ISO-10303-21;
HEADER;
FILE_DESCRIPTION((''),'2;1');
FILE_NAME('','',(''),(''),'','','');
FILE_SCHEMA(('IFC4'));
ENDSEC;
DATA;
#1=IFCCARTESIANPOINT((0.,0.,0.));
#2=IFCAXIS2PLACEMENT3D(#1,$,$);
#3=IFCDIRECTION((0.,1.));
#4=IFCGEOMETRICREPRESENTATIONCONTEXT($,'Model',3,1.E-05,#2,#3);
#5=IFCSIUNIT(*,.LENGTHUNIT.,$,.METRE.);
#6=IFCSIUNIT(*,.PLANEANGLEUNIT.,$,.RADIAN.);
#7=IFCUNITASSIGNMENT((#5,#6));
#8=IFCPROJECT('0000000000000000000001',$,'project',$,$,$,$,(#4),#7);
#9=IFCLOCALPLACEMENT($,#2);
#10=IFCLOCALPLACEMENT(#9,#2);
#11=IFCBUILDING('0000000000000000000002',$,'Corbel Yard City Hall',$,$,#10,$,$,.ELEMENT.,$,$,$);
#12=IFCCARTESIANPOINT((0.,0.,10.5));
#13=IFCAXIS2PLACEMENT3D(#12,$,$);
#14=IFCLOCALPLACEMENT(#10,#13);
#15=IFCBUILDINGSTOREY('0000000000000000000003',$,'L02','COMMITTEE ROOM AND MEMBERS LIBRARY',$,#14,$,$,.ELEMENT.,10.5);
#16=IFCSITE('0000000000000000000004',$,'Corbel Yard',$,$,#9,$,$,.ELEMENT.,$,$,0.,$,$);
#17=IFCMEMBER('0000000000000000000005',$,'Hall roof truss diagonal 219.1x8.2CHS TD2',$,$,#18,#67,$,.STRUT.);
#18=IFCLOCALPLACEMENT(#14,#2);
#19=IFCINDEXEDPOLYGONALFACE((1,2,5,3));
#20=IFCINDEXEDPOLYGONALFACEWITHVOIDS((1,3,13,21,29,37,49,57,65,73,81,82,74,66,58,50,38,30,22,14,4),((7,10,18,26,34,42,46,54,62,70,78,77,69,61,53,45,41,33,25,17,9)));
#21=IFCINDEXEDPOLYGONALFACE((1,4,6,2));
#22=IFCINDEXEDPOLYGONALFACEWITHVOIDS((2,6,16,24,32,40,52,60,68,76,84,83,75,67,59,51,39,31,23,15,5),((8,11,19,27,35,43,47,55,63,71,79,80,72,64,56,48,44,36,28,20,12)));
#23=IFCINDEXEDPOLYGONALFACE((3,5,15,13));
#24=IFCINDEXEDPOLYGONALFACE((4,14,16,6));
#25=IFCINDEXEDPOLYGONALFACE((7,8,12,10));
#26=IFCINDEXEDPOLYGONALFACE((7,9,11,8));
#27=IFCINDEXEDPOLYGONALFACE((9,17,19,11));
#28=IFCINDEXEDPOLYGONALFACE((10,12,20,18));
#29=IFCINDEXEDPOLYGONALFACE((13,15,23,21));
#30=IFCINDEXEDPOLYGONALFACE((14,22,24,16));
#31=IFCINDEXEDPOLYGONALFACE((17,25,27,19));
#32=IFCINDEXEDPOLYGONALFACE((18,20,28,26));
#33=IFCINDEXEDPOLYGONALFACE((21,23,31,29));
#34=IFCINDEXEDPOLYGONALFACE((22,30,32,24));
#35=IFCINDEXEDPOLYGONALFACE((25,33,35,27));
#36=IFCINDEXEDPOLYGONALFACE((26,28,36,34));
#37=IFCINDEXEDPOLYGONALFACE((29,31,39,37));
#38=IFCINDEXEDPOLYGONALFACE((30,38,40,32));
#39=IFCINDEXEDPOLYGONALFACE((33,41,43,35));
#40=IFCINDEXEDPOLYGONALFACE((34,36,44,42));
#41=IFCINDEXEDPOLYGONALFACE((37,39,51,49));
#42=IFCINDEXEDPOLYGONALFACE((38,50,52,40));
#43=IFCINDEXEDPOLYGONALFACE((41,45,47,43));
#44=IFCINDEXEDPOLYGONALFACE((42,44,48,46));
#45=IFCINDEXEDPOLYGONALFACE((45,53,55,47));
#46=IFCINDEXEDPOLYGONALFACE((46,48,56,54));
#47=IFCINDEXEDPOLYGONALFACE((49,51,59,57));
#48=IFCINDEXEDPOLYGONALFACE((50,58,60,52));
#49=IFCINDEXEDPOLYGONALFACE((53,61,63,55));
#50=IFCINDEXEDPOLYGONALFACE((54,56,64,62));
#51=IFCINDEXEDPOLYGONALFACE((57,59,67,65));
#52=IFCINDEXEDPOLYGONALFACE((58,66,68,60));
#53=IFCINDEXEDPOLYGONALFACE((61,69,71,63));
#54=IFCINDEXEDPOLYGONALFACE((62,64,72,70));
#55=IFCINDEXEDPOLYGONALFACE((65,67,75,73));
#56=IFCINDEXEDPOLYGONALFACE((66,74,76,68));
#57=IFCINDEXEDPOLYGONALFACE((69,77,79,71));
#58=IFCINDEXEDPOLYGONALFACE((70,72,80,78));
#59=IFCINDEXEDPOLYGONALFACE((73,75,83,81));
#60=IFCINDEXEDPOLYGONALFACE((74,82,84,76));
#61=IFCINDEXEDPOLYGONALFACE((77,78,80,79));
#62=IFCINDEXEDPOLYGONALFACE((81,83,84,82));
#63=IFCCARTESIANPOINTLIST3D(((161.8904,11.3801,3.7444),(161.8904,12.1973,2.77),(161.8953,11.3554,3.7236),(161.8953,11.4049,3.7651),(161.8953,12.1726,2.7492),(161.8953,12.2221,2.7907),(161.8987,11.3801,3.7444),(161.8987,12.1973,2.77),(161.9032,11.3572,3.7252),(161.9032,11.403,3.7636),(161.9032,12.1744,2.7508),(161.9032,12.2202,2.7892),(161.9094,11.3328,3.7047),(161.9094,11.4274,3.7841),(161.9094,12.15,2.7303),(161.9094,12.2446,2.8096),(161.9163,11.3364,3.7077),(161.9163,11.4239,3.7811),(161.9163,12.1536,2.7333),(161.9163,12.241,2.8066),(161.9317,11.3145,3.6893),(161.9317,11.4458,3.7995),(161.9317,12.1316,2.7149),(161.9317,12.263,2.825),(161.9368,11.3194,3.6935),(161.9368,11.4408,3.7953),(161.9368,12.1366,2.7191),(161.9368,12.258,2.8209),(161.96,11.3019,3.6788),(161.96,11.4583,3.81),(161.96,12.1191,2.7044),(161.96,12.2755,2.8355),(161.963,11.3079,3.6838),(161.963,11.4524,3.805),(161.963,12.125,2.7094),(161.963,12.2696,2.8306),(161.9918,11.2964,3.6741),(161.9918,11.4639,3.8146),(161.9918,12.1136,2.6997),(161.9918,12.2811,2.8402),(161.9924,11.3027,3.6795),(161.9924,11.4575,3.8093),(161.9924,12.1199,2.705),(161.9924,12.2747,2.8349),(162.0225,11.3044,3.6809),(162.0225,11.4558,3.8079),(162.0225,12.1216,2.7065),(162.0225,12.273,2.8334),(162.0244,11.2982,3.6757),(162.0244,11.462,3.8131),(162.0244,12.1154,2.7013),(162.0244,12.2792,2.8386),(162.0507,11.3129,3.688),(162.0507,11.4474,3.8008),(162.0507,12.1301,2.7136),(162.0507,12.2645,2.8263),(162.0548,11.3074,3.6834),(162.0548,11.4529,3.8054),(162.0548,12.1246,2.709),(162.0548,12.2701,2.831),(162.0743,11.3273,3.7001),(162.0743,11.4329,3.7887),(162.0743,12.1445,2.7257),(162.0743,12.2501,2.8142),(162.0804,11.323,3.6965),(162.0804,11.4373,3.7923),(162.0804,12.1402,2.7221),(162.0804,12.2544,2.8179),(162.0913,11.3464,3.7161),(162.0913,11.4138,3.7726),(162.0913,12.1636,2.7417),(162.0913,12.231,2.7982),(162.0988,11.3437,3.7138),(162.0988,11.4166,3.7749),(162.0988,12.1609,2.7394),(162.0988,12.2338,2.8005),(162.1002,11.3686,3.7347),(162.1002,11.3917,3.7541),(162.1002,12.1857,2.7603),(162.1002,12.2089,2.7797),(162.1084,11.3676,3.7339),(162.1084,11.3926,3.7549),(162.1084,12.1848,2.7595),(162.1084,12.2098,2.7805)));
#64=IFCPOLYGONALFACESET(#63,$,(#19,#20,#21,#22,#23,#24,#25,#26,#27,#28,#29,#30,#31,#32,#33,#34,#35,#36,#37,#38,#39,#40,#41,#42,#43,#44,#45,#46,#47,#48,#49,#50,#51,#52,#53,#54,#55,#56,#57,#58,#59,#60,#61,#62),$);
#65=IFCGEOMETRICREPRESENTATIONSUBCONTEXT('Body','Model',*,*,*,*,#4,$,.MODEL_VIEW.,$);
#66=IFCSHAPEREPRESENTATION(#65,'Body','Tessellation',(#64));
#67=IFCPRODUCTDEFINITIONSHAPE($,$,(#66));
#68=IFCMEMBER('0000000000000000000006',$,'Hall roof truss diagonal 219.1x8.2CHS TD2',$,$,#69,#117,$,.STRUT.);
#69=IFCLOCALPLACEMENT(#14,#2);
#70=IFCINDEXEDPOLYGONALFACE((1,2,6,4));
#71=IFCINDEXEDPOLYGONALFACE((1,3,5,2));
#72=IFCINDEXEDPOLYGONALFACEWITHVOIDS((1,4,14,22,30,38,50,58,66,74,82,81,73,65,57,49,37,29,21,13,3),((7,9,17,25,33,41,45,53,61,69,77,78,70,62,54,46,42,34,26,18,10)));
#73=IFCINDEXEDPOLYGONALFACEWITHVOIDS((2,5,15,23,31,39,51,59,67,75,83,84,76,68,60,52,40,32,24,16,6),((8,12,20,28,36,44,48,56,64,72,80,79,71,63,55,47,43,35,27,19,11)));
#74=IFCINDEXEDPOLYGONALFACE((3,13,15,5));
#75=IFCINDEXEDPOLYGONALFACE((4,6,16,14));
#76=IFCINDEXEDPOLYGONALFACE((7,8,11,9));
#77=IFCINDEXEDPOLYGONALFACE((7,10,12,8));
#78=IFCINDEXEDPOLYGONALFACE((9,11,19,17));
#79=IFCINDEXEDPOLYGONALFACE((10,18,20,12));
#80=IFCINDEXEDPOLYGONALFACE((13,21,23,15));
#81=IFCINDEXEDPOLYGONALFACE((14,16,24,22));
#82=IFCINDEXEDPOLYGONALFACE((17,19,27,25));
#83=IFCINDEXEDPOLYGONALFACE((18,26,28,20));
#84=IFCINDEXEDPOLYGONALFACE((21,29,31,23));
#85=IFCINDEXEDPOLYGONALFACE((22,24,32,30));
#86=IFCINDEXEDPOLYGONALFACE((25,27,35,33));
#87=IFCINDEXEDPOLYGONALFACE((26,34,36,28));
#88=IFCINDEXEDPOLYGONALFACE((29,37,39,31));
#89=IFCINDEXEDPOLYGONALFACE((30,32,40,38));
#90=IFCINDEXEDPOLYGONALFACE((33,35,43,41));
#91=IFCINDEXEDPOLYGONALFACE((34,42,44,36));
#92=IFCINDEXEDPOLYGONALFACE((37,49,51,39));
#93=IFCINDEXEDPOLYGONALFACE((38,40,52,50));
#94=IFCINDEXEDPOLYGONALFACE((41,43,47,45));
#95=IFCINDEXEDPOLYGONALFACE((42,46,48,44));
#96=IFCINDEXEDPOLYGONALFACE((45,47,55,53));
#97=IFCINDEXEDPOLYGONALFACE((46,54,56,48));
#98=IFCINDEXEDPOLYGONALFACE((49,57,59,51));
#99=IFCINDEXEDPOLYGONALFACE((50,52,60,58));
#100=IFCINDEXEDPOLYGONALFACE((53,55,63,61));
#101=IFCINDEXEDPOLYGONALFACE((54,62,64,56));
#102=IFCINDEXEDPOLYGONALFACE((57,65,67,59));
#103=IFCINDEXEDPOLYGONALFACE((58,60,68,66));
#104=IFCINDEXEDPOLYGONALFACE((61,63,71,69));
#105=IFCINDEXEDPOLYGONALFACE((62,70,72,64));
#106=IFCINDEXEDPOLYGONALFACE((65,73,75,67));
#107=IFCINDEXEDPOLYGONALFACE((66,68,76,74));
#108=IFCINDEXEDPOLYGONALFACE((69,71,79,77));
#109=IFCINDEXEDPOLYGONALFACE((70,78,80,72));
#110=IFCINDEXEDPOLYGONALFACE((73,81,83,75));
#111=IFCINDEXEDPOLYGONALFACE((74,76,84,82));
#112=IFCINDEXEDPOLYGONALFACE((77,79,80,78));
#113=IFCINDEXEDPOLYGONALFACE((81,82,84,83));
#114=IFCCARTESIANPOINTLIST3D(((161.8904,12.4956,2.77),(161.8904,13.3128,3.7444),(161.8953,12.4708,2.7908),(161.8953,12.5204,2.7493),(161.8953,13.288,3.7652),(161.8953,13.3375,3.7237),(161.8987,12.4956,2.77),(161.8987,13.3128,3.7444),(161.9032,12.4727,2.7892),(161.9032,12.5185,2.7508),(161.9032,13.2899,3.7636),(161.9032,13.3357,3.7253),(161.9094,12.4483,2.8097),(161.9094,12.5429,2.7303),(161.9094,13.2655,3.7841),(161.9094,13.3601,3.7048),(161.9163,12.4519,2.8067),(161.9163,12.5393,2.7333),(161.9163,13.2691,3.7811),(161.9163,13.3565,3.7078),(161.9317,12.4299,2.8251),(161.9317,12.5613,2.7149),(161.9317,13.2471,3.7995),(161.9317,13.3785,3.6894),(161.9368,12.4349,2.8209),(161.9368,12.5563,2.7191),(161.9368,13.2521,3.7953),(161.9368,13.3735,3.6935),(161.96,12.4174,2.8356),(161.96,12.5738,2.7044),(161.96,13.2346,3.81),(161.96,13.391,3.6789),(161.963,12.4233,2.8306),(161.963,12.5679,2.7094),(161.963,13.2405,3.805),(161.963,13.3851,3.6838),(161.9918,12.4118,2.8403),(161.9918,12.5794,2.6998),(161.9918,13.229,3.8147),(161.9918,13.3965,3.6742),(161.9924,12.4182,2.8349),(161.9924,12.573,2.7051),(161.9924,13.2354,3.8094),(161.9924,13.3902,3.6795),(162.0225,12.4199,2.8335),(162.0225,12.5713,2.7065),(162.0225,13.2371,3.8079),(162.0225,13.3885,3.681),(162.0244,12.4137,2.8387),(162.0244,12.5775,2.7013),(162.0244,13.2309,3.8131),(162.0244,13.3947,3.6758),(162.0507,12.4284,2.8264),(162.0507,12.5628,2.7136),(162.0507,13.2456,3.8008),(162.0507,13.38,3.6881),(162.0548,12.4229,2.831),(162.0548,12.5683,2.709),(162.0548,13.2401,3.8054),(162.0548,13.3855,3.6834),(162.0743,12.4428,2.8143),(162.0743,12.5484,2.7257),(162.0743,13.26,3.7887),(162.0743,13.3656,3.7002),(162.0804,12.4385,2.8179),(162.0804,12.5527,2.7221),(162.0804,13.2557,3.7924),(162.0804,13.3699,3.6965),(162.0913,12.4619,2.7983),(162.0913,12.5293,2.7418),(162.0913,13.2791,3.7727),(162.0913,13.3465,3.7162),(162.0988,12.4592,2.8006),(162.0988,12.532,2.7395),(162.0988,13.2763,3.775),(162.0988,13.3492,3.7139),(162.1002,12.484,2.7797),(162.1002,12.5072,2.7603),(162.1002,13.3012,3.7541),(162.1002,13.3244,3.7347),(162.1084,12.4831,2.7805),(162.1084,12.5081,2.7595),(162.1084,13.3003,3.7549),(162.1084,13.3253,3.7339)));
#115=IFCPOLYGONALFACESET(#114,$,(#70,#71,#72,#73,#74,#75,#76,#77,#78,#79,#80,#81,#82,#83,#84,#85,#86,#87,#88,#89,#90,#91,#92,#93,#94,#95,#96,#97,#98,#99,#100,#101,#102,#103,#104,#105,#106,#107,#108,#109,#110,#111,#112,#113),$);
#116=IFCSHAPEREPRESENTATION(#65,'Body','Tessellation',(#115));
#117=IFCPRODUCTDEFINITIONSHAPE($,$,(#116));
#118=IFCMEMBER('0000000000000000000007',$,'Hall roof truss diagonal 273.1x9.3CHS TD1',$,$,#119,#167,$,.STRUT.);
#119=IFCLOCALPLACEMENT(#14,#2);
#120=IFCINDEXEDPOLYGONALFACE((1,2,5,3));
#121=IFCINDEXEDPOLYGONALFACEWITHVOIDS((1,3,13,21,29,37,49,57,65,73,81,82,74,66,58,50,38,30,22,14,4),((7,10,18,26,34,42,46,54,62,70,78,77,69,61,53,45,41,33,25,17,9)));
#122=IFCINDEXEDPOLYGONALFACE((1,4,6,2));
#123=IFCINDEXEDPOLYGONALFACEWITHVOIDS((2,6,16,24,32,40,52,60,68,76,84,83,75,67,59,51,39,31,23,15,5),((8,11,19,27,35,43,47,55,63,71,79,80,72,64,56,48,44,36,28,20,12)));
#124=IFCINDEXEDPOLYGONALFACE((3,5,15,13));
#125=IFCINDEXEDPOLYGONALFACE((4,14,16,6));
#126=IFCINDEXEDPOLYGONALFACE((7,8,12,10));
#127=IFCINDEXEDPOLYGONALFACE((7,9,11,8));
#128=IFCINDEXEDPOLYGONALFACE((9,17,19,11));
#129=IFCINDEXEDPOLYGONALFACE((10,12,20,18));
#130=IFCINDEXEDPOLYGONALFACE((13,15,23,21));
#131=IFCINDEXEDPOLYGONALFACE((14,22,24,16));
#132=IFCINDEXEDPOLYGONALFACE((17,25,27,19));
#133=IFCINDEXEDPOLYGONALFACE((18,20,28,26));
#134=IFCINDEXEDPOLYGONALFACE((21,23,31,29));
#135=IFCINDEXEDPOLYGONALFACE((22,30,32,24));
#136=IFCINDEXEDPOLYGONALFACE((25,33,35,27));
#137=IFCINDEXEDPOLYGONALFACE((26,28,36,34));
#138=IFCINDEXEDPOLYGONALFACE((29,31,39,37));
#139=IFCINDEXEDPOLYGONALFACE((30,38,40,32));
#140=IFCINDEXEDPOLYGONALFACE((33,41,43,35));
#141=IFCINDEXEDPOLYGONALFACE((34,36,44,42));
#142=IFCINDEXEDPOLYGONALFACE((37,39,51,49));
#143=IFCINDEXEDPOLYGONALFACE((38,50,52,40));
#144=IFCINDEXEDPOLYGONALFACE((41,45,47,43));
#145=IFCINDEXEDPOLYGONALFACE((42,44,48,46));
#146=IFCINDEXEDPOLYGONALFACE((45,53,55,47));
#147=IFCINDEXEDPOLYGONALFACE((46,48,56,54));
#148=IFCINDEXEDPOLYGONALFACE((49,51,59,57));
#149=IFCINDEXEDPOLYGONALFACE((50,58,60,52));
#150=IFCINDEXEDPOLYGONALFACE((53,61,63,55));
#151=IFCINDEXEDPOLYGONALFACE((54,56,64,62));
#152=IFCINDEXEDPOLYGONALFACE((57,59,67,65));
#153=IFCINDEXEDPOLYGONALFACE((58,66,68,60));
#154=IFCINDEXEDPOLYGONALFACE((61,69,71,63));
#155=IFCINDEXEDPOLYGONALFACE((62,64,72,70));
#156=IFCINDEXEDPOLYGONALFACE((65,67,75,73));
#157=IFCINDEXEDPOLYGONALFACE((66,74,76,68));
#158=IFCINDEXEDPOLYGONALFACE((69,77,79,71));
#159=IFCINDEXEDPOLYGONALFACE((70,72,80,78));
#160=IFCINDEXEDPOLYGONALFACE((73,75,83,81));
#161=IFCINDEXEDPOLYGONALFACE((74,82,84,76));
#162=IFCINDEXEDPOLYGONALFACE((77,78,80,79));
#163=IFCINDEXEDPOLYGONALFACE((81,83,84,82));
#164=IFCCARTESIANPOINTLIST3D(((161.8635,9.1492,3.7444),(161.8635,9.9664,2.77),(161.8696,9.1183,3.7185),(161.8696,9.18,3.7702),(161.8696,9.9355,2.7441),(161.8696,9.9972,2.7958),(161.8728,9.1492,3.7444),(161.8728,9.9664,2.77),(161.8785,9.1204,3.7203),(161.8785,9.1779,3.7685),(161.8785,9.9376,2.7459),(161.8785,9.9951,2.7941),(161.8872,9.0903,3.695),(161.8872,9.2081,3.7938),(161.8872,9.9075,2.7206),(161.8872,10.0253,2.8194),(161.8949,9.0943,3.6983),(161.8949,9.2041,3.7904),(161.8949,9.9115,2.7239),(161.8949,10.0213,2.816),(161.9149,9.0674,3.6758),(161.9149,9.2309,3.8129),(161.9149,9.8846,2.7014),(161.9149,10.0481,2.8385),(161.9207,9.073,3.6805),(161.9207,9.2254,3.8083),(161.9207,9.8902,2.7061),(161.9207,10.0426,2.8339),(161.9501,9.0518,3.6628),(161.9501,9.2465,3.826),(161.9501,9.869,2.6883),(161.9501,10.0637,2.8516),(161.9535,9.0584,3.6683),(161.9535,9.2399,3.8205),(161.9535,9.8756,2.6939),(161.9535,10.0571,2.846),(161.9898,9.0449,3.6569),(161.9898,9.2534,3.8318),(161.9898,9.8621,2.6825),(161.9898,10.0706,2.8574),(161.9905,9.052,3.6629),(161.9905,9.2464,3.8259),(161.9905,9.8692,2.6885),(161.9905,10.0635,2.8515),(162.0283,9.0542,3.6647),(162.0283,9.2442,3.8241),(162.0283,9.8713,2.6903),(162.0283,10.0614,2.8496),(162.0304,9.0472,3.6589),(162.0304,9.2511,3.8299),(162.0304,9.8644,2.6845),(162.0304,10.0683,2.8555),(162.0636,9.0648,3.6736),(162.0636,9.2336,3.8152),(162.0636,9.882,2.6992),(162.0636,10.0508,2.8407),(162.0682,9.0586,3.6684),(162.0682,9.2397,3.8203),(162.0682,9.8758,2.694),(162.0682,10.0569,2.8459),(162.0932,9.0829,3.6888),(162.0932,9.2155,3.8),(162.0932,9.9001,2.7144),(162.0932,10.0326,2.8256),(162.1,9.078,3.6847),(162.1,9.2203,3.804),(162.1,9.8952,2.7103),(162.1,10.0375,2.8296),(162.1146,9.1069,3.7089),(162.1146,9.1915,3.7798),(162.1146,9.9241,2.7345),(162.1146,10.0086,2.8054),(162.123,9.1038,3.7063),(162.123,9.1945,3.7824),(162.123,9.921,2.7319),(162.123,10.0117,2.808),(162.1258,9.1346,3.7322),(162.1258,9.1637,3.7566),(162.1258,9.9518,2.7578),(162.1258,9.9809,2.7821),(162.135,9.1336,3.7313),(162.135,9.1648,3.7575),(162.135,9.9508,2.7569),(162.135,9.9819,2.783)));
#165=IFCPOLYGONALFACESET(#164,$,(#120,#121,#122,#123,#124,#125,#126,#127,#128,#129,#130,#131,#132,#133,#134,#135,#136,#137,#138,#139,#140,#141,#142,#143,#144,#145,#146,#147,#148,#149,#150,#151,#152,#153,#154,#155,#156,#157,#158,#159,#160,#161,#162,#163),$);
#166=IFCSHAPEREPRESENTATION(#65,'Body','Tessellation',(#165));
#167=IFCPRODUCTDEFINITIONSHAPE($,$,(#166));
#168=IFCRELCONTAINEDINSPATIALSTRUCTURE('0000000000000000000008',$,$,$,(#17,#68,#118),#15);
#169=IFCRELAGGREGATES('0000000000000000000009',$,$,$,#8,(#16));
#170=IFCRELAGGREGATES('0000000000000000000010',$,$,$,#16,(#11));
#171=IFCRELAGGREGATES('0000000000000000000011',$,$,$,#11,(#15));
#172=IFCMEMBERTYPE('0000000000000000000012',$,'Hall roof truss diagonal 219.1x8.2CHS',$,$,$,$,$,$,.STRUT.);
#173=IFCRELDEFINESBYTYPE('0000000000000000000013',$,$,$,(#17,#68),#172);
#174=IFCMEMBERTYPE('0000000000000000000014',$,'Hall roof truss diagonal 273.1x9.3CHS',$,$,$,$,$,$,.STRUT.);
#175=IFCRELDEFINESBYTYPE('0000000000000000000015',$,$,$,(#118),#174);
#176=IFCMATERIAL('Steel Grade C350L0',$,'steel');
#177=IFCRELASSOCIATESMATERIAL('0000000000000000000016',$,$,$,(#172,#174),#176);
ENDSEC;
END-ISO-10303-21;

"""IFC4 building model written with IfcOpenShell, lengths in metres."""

from ifc_helpers import new_model, si_unit, direction, frame, origin, origin_2d, place, context, subcontext, project, spatial, hollow_circle, extrude, material, material_profile, profile_set, type_object, element, save


model = new_model("IFC4")

# Units and contexts
model_context = context("Model", 3, precision=1e-05, world=origin(), true_north=direction((0.0, 1.0)))
body_context = subcontext(model_context, "Body", "Model", "MODEL_VIEW")
ifc_project = project(units=[si_unit("LENGTHUNIT", "METRE"), si_unit("PLANEANGLEUNIT", "RADIAN")], contexts=[model_context])

# Site, building, storey
site_placement = place(None, origin())
site = spatial("IfcSite", under=ifc_project, at=site_placement, Name="Corbel Yard", CompositionType="ELEMENT", RefElevation=0.0)
building_placement = place(site_placement, origin())
building = spatial("IfcBuilding", under=site, at=building_placement, Name="Corbel Yard City Hall", CompositionType="ELEMENT")
storey_placement = place(building_placement, frame((0.0, 0.0, 10.5)))
storey = spatial("IfcBuildingStorey", under=building, at=storey_placement, Name="L02", Description="COMMITTEE ROOM AND MEMBERS LIBRARY", CompositionType="ELEMENT", Elevation=10.5)

# Members
ifc_material_1 = material(Name="Steel Grade C350L0", Category="steel")
ifc_material_profile_1 = material_profile(ifc_material_1, hollow_circle(Radius=0.1096, WallThickness=0.0083, at=origin_2d()), Name="219.1x8.2CHS")
ifc_profile_set_1 = profile_set([ifc_material_profile_1], Name="Steel Grade C350L0")
member_type_1 = type_object("IfcMemberType", Name="Hall roof truss diagonal 219.1x8.2CHS", PredefinedType="STRUT", material=ifc_profile_set_1)
for number, where, z_axis, x_axis, name in (
    (1, (162.0, 11.3801, 3.7444), (0.0, 0.64258, -0.766219), (-1.0, 0.0, 0.0), "Hall roof truss diagonal 219.1x8.2CHS TD2"),
    (2, (162.0, 12.4956, 2.77), (0.0, 0.64258, 0.766219), (-1.0, 0.0, 0.0), "Hall roof truss diagonal 219.1x8.2CHS TD2"),
):
    element("IfcMember", number, at=place(storey_placement, frame(where, z_axis=z_axis, x_axis=x_axis)), inside=storey, type_object=member_type_1, Name=name, PredefinedType="STRUT", context=body_context, shape_type="SweptSolid", body=[
        extrude(hollow_circle(Radius=0.1096, WallThickness=0.0083, at=origin_2d()), origin(), (0.0, 0.0, 1.0), 1.2717),
    ])
ifc_material_profile_2 = material_profile(ifc_material_1, hollow_circle(Radius=0.1365, WallThickness=0.0093, at=origin_2d()), Name="273.1x9.3CHS")
ifc_profile_set_2 = profile_set([ifc_material_profile_2], Name="Steel Grade C350L0")
member_type_2 = type_object("IfcMemberType", Name="Hall roof truss diagonal 273.1x9.3CHS", PredefinedType="STRUT", material=ifc_profile_set_2)
for number, where, z_axis, x_axis, name in (
    (3, (162.0, 9.1492, 3.7444), (0.0, 0.64258, -0.766219), (-1.0, 0.0, 0.0), "Hall roof truss diagonal 273.1x9.3CHS TD1"),
):
    element("IfcMember", number, at=place(storey_placement, frame(where, z_axis=z_axis, x_axis=x_axis)), inside=storey, type_object=member_type_2, Name=name, PredefinedType="STRUT", context=body_context, shape_type="SweptSolid", body=[
        extrude(hollow_circle(Radius=0.1365, WallThickness=0.0093, at=origin_2d()), origin(), (0.0, 0.0, 1.0), 1.2717),
    ])

save(model, "model.ifc")
